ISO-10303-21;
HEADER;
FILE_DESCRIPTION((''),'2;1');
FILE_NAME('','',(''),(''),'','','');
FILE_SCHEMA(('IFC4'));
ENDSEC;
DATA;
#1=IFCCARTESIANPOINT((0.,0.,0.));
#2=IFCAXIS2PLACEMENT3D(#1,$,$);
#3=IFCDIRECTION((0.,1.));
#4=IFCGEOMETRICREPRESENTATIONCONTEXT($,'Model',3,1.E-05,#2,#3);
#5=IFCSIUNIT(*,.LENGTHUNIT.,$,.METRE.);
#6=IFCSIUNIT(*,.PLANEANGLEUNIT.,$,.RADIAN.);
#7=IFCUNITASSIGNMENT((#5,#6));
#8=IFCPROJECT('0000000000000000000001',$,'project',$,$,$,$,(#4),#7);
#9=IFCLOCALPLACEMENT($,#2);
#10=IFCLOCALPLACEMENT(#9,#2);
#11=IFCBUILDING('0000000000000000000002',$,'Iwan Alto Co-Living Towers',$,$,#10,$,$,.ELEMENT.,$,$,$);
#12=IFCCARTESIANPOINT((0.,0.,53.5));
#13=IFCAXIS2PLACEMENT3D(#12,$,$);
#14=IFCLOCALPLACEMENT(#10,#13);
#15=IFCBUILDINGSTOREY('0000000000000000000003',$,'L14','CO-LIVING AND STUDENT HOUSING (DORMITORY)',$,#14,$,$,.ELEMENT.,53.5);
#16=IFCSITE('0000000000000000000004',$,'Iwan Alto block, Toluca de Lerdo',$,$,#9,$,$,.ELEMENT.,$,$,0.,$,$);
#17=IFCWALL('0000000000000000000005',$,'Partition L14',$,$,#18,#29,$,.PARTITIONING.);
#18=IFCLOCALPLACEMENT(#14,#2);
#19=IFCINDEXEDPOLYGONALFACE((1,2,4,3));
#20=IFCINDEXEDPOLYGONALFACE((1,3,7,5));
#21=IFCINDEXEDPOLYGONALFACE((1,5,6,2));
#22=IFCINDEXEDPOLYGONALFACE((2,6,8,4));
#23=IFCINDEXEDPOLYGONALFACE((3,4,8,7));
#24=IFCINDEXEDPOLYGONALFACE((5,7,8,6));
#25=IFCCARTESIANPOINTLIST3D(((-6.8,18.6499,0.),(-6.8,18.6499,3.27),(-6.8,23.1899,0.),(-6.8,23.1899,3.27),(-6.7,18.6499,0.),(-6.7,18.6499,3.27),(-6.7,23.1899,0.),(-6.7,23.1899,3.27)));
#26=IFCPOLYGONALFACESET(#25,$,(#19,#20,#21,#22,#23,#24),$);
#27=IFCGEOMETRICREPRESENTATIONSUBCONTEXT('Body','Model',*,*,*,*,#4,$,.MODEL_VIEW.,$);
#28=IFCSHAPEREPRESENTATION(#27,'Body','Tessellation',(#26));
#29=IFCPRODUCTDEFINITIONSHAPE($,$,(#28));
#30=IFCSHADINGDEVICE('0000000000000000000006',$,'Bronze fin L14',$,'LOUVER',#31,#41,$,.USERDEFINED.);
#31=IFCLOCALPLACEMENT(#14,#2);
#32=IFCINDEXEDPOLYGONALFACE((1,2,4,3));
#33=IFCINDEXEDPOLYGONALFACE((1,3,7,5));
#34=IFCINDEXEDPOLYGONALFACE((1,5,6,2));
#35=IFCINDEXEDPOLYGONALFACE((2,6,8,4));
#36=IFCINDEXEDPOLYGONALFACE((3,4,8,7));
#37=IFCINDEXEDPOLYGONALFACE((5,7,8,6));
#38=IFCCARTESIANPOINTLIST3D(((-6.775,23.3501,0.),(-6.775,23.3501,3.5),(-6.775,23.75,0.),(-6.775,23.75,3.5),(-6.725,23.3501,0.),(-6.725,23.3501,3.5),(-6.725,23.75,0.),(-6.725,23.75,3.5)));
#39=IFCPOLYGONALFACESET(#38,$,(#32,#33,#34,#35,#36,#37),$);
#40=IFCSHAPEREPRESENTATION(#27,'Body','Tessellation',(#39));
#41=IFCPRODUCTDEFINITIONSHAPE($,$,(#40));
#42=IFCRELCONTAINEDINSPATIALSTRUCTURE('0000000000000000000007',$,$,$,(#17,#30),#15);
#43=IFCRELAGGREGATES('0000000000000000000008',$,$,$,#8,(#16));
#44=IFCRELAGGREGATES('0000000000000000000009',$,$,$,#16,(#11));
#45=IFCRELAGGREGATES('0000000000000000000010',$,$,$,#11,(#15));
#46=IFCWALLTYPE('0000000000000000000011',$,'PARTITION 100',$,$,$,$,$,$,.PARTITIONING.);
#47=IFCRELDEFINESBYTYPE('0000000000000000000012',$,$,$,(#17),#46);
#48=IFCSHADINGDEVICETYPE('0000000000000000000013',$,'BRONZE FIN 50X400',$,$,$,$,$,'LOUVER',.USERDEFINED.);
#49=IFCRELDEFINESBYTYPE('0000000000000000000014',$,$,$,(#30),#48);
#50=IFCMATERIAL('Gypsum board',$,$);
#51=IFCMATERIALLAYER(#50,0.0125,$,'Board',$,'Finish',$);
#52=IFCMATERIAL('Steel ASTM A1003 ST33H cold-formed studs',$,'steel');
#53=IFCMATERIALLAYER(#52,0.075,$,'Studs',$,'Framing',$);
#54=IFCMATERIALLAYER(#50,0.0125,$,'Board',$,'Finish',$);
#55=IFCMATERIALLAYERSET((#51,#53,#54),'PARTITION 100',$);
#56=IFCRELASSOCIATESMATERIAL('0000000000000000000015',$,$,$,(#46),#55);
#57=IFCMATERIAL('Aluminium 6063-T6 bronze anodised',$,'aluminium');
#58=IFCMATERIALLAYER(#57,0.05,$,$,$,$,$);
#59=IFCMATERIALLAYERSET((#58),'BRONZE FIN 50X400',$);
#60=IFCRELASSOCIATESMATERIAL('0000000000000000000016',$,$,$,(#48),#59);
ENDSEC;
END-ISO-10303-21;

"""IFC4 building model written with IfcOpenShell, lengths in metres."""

from ifc_helpers import new_model, si_unit, direction, frame, frame_2d, origin, origin_2d, place, context, subcontext, project, spatial, rectangle, extrude, material, layer, layer_set, type_object, element, save


model = new_model("IFC4")

# Units and contexts
model_context = context("Model", 3, precision=1e-05, world=origin(), true_north=direction((0.0, 1.0)))
body_context = subcontext(model_context, "Body", "Model", "MODEL_VIEW")
ifc_project = project(units=[si_unit("LENGTHUNIT", "METRE"), si_unit("PLANEANGLEUNIT", "RADIAN")], contexts=[model_context])

# Site, building, storey
site_placement = place(None, origin())
site = spatial("IfcSite", under=ifc_project, at=site_placement, Name="Iwan Alto block, Toluca de Lerdo", CompositionType="ELEMENT", RefElevation=0.0)
building_placement = place(site_placement, origin())
building = spatial("IfcBuilding", under=site, at=building_placement, Name="Iwan Alto Co-Living Towers", CompositionType="ELEMENT")
storey_placement = place(building_placement, frame((0.0, 0.0, 53.5)))
storey = spatial("IfcBuildingStorey", under=building, at=storey_placement, Name="L14", Description="CO-LIVING AND STUDENT HOUSING (DORMITORY)", CompositionType="ELEMENT", Elevation=53.5)

# Wall
ifc_material_1 = material(Name="Gypsum board")
ifc_layer_1 = layer(ifc_material_1, 0.0125, Name="Board", Category="Finish")
ifc_material_2 = material(Name="Steel ASTM A1003 ST33H cold-formed studs", Category="steel")
ifc_layer_2 = layer(ifc_material_2, 0.075, Name="Studs", Category="Framing")
ifc_layer_3 = layer(ifc_material_1, 0.0125, Name="Board", Category="Finish")
ifc_layer_set_1 = layer_set([ifc_layer_1, ifc_layer_2, ifc_layer_3], Name="PARTITION 100")
wall_type = type_object("IfcWallType", Name="PARTITION 100", PredefinedType="PARTITIONING", material=ifc_layer_set_1)
for number, where, z_axis, x_axis, name in (
    (1, (-6.75, 18.6499, 0.0), (0.0, 0.0, 1.0), (0.0, 1.0, 0.0), "Partition L14"),
):
    element("IfcWall", number, at=place(storey_placement, frame(where, z_axis=z_axis, x_axis=x_axis)), inside=storey, type_object=wall_type, Name=name, PredefinedType="PARTITIONING", context=body_context, shape_type="SweptSolid", body=[
        extrude(rectangle(XDim=4.54, YDim=0.1001, at=frame_2d((2.27, 0.0))), origin(), (0.0, 0.0, 1.0), 3.27),
    ])

# Shading device
ifc_material_3 = material(Name="Aluminium 6063-T6 bronze anodised", Category="aluminium")
ifc_layer_4 = layer(ifc_material_3, 0.05)
ifc_layer_set_2 = layer_set([ifc_layer_4], Name="BRONZE FIN 50X400")
shading_device_type = type_object("IfcShadingDeviceType", Name="BRONZE FIN 50X400", ElementType="LOUVER", PredefinedType="USERDEFINED", material=ifc_layer_set_2)
shading_device_placement = place(storey_placement, frame((-6.75, 23.55, 0.0), z_axis=(0.0, 0.0, 1.0), x_axis=(-1.0, 0.0, 0.0)))
element("IfcShadingDevice", 2, at=shading_device_placement, inside=storey, type_object=shading_device_type, Name="Bronze fin L14", ObjectType="LOUVER", PredefinedType="USERDEFINED", context=body_context, shape_type="SweptSolid", body=[
    extrude(rectangle(XDim=0.05, YDim=0.3999, at=origin_2d()), origin(), (0.0, 0.0, 1.0), 3.5),
])

save(model, "model.ifc")
